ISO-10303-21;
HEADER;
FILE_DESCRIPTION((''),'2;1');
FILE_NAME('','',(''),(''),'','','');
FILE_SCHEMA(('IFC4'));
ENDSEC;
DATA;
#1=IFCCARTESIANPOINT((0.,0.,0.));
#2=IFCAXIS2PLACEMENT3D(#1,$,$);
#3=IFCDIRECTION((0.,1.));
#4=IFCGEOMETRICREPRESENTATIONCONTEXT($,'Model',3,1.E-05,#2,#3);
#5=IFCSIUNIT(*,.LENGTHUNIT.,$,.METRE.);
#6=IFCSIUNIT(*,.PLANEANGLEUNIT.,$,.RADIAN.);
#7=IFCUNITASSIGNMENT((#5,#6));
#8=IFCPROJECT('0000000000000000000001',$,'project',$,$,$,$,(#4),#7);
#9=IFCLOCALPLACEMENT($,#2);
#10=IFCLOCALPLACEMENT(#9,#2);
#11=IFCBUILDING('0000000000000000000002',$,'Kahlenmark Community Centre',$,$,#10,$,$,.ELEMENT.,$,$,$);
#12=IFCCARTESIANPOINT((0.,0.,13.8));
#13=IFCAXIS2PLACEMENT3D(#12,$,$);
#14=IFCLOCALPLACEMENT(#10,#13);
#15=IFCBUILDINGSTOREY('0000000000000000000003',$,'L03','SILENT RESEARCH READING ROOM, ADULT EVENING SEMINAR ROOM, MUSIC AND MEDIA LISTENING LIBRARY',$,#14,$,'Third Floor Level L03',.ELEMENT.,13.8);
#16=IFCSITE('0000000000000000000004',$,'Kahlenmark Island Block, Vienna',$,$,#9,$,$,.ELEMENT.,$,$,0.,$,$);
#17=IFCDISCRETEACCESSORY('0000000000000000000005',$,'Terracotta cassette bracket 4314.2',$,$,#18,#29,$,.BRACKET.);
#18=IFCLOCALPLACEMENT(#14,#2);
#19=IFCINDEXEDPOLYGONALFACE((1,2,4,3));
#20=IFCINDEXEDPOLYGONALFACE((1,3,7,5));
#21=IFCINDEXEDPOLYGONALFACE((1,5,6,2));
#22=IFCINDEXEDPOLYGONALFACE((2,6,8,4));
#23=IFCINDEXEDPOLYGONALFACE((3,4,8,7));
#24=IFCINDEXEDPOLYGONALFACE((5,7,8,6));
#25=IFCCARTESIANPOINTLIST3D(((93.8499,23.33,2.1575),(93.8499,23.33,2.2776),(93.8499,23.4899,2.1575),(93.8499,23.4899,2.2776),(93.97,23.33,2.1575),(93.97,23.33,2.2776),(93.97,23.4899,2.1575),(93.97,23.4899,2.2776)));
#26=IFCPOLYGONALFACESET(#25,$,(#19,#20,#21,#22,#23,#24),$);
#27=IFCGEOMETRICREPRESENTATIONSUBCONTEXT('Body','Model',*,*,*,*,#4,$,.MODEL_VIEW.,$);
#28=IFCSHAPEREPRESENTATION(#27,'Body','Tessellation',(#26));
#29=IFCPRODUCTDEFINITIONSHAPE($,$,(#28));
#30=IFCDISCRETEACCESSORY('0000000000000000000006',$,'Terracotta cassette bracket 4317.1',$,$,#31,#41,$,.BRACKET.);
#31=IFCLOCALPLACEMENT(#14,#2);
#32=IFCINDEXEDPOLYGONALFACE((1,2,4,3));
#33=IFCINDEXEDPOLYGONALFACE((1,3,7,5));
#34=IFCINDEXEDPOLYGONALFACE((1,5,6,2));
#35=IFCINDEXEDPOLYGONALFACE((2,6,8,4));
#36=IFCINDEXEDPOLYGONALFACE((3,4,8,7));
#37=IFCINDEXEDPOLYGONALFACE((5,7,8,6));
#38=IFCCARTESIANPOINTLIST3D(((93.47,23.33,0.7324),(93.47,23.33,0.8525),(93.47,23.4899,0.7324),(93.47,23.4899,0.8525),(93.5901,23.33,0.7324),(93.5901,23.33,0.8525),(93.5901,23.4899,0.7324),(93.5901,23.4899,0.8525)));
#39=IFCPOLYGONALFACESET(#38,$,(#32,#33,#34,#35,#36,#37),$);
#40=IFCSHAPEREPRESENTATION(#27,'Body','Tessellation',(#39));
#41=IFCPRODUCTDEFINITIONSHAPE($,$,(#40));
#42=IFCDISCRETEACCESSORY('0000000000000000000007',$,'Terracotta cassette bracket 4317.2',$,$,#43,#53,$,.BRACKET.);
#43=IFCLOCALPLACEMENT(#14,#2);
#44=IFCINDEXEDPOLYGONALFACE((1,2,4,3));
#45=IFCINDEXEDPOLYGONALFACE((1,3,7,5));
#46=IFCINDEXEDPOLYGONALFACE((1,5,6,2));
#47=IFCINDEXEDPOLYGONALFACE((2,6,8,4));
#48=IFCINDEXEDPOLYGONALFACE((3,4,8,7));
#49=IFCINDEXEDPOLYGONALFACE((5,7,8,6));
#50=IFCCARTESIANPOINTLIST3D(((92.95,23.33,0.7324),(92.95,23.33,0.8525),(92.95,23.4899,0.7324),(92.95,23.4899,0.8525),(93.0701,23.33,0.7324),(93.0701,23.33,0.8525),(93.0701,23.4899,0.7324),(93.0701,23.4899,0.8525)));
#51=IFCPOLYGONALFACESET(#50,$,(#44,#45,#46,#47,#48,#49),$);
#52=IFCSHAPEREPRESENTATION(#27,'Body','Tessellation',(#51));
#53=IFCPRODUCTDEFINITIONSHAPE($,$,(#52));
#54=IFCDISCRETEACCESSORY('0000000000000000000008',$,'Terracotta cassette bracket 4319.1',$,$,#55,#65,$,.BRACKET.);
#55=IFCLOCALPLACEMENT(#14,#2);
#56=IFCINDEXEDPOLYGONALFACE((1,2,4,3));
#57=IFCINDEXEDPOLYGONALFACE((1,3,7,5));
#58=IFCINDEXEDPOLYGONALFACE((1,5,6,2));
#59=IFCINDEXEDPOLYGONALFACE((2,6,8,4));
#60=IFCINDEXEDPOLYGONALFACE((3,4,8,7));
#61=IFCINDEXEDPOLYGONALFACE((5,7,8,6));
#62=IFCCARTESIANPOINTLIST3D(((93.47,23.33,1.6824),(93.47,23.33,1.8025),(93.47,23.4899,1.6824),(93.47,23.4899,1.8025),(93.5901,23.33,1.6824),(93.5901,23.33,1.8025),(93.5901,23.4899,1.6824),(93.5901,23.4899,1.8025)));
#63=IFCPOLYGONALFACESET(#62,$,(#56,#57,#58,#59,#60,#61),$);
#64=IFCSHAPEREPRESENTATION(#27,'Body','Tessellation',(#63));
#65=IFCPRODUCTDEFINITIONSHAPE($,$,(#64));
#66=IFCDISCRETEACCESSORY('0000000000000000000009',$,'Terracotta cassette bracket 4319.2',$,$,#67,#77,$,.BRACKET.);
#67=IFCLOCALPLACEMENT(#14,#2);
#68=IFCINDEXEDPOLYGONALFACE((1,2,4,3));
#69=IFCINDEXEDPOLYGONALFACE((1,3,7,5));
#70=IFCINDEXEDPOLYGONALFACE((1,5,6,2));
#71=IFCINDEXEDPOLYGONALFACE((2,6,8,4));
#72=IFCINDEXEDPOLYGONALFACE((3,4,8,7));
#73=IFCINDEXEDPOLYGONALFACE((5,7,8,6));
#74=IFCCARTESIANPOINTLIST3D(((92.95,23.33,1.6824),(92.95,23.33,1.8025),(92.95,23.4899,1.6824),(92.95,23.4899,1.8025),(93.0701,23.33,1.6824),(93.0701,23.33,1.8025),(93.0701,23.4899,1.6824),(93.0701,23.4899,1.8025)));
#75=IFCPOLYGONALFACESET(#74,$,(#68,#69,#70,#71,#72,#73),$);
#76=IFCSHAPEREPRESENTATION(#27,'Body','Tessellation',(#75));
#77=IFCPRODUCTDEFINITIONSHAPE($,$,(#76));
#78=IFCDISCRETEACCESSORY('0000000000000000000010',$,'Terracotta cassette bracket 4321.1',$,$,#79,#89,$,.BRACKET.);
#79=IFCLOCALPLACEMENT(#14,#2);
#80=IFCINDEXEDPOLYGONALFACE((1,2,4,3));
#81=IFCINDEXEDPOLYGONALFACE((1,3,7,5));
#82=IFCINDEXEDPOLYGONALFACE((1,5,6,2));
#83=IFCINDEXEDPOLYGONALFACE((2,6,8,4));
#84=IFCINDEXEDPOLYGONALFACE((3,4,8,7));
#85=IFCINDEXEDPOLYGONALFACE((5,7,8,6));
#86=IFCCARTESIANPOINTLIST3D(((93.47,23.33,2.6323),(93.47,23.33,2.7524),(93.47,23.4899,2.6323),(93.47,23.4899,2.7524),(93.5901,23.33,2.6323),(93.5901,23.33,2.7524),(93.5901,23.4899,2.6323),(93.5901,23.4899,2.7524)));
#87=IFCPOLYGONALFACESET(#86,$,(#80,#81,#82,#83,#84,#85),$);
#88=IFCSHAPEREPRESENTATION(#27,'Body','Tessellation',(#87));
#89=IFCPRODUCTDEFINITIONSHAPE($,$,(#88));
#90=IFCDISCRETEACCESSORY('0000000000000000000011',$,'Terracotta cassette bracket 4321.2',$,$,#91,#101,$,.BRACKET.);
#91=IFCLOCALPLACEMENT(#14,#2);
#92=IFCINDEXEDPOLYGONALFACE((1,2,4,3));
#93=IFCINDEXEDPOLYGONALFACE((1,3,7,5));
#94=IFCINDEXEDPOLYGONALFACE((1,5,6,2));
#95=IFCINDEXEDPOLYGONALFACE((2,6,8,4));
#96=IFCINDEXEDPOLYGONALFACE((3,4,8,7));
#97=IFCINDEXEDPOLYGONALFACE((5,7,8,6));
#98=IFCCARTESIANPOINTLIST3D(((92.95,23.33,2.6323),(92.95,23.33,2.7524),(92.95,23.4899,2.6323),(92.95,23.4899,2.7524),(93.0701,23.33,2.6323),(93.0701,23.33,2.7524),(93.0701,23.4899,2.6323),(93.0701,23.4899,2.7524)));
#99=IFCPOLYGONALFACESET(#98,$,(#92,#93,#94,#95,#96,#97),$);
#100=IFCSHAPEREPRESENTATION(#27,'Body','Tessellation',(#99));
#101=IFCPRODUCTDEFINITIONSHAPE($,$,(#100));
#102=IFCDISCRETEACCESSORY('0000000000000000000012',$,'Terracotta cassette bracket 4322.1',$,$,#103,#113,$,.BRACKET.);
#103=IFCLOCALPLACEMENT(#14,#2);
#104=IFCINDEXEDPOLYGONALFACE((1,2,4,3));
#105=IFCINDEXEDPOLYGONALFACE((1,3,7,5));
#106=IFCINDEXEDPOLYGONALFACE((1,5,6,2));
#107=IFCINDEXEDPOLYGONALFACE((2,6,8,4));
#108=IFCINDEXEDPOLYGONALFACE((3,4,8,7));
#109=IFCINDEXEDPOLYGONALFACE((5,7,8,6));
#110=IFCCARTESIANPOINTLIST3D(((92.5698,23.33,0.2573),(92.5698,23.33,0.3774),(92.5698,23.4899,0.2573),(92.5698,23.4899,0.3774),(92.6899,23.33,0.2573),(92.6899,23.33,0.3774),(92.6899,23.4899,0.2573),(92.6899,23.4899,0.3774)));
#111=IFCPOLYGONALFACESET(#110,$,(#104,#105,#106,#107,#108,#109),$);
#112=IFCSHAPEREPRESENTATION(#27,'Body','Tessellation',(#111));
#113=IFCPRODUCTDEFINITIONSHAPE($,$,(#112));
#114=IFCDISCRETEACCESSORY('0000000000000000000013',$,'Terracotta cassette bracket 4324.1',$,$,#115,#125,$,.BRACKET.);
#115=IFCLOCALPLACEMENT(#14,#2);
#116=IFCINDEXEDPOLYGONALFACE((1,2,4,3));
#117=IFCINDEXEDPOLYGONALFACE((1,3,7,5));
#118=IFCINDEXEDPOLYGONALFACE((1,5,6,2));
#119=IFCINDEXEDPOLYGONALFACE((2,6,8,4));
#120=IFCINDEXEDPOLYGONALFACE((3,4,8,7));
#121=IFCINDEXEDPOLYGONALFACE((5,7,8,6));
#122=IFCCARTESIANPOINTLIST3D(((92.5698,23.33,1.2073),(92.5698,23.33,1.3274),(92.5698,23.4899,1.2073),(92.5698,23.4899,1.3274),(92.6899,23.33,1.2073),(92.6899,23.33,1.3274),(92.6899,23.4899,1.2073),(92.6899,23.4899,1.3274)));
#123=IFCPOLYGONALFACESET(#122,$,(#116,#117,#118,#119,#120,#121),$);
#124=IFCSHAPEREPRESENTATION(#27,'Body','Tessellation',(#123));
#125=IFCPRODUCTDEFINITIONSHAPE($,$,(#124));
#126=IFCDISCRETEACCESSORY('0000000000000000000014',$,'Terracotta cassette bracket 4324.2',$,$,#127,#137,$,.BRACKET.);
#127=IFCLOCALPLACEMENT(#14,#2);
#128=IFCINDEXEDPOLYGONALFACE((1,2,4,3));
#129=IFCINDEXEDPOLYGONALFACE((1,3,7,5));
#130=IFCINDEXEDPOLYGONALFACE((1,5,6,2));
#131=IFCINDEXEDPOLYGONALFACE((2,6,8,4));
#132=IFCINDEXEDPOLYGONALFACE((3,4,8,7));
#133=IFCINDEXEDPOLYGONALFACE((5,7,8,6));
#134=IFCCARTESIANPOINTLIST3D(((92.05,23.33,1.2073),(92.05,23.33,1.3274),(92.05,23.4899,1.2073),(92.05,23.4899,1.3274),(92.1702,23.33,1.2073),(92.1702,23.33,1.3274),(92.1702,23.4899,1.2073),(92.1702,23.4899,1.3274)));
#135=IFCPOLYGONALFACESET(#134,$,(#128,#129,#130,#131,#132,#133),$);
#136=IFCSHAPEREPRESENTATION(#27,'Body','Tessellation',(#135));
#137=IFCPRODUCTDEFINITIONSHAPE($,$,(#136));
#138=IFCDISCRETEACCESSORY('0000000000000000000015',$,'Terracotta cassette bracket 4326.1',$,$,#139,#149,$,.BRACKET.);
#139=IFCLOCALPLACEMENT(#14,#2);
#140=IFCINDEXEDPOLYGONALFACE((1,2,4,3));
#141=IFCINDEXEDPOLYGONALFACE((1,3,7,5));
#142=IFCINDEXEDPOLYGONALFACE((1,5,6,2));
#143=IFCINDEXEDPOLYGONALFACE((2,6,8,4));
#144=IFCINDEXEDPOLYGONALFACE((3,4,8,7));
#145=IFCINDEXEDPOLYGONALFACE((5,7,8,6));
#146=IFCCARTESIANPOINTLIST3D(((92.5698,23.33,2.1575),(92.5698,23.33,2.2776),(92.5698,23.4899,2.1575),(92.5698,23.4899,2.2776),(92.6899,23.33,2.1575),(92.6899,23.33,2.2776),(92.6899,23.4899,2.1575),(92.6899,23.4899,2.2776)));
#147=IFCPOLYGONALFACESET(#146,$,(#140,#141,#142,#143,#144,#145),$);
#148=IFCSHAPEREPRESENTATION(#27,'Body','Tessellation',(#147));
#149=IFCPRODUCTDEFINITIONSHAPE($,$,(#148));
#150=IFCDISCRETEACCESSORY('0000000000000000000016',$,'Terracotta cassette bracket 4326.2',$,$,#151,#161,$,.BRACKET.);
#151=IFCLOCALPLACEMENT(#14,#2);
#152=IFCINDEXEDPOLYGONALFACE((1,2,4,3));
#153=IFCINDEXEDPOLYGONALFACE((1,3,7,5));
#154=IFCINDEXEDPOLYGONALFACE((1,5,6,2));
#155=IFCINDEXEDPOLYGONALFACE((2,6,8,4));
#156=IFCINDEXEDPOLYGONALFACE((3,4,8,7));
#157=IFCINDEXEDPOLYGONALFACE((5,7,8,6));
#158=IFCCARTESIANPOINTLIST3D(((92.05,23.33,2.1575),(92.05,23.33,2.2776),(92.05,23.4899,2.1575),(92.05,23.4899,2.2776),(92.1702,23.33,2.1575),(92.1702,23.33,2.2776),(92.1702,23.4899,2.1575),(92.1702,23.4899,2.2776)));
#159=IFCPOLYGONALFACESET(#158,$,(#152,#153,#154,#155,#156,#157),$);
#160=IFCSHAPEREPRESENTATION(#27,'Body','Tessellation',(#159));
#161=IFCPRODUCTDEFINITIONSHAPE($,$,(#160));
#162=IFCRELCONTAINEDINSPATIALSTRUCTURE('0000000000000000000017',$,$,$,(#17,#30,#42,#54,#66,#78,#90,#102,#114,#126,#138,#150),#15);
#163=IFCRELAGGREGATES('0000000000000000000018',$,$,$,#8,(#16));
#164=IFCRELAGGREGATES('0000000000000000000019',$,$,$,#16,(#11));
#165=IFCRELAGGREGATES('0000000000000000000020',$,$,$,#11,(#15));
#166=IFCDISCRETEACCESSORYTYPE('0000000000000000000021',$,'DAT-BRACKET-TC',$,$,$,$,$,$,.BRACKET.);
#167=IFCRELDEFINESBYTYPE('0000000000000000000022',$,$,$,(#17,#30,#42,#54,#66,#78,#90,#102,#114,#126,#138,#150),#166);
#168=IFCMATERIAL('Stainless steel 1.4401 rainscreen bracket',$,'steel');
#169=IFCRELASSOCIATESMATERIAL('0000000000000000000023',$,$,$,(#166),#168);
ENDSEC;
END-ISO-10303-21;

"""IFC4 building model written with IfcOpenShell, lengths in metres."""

from ifc_helpers import new_model, si_unit, direction, frame, origin, origin_2d, place, context, subcontext, project, spatial, rectangle, extrude, material, type_object, element, save


model = new_model("IFC4")

# Units and contexts
model_context = context("Model", 3, precision=1e-05, world=origin(), true_north=direction((0.0, 1.0)))
body_context = subcontext(model_context, "Body", "Model", "MODEL_VIEW")
ifc_project = project(units=[si_unit("LENGTHUNIT", "METRE"), si_unit("PLANEANGLEUNIT", "RADIAN")], contexts=[model_context])

# Site, building, storey
site_placement = place(None, origin())
site = spatial("IfcSite", under=ifc_project, at=site_placement, Name="Kahlenmark Island Block, Vienna", CompositionType="ELEMENT", RefElevation=0.0)
building_placement = place(site_placement, origin())
building = spatial("IfcBuilding", under=site, at=building_placement, Name="Kahlenmark Community Centre", CompositionType="ELEMENT")
storey_placement = place(building_placement, frame((0.0, 0.0, 13.8)))
storey = spatial("IfcBuildingStorey", under=building, at=storey_placement, Name="L03", Description="SILENT RESEARCH READING ROOM, ADULT EVENING SEMINAR ROOM, MUSIC AND MEDIA LISTENING LIBRARY", LongName="Third Floor Level L03", CompositionType="ELEMENT", Elevation=13.8)

# Discrete accessories
ifc_material_1 = material(Name="Stainless steel 1.4401 rainscreen bracket", Category="steel")
discrete_accessory_type = type_object("IfcDiscreteAccessoryType", Name="DAT-BRACKET-TC", PredefinedType="BRACKET", material=ifc_material_1)
for number, where, z_axis, x_axis, name in (
    (1, (93.9099, 23.4099, 2.1575), (0.0, 0.0, 1.0), (-1.0, 0.0, 0.0), "Terracotta cassette bracket 4314.2"),
    (2, (93.53, 23.4099, 0.7324), (0.0, 0.0, 1.0), (-1.0, 0.0, 0.0), "Terracotta cassette bracket 4317.1"),
    (3, (93.01, 23.4099, 0.7324), (0.0, 0.0, 1.0), (-1.0, 0.0, 0.0), "Terracotta cassette bracket 4317.2"),
    (4, (93.53, 23.4099, 1.6824), (0.0, 0.0, 1.0), (-1.0, 0.0, 0.0), "Terracotta cassette bracket 4319.1"),
    (5, (93.01, 23.4099, 1.6824), (0.0, 0.0, 1.0), (-1.0, 0.0, 0.0), "Terracotta cassette bracket 4319.2"),
    (6, (93.53, 23.4099, 2.6323), (0.0, 0.0, 1.0), (-1.0, 0.0, 0.0), "Terracotta cassette bracket 4321.1"),
    (7, (93.01, 23.4099, 2.6323), (0.0, 0.0, 1.0), (-1.0, 0.0, 0.0), "Terracotta cassette bracket 4321.2"),
    (8, (92.6299, 23.4099, 0.2573), (0.0, 0.0, 1.0), (-1.0, 0.0, 0.0), "Terracotta cassette bracket 4322.1"),
    (9, (92.6299, 23.4099, 1.2073), (0.0, 0.0, 1.0), (-1.0, 0.0, 0.0), "Terracotta cassette bracket 4324.1"),
    (10, (92.1101, 23.4099, 1.2073), (0.0, 0.0, 1.0), (-1.0, 0.0, 0.0), "Terracotta cassette bracket 4324.2"),
    (11, (92.6299, 23.4099, 2.1575), (0.0, 0.0, 1.0), (-1.0, 0.0, 0.0), "Terracotta cassette bracket 4326.1"),
    (12, (92.1101, 23.4099, 2.1575), (0.0, 0.0, 1.0), (-1.0, 0.0, 0.0), "Terracotta cassette bracket 4326.2"),
):
    element("IfcDiscreteAccessory", number, at=place(storey_placement, frame(where, z_axis=z_axis, x_axis=x_axis)), inside=storey, type_object=discrete_accessory_type, Name=name, PredefinedType="BRACKET", context=body_context, shape_type="SweptSolid", body=[
        extrude(rectangle(XDim=0.1201, YDim=0.1599, at=origin_2d()), origin(), (0.0, 0.0, 1.0), 0.1201),
    ])

save(model, "model.ifc")
